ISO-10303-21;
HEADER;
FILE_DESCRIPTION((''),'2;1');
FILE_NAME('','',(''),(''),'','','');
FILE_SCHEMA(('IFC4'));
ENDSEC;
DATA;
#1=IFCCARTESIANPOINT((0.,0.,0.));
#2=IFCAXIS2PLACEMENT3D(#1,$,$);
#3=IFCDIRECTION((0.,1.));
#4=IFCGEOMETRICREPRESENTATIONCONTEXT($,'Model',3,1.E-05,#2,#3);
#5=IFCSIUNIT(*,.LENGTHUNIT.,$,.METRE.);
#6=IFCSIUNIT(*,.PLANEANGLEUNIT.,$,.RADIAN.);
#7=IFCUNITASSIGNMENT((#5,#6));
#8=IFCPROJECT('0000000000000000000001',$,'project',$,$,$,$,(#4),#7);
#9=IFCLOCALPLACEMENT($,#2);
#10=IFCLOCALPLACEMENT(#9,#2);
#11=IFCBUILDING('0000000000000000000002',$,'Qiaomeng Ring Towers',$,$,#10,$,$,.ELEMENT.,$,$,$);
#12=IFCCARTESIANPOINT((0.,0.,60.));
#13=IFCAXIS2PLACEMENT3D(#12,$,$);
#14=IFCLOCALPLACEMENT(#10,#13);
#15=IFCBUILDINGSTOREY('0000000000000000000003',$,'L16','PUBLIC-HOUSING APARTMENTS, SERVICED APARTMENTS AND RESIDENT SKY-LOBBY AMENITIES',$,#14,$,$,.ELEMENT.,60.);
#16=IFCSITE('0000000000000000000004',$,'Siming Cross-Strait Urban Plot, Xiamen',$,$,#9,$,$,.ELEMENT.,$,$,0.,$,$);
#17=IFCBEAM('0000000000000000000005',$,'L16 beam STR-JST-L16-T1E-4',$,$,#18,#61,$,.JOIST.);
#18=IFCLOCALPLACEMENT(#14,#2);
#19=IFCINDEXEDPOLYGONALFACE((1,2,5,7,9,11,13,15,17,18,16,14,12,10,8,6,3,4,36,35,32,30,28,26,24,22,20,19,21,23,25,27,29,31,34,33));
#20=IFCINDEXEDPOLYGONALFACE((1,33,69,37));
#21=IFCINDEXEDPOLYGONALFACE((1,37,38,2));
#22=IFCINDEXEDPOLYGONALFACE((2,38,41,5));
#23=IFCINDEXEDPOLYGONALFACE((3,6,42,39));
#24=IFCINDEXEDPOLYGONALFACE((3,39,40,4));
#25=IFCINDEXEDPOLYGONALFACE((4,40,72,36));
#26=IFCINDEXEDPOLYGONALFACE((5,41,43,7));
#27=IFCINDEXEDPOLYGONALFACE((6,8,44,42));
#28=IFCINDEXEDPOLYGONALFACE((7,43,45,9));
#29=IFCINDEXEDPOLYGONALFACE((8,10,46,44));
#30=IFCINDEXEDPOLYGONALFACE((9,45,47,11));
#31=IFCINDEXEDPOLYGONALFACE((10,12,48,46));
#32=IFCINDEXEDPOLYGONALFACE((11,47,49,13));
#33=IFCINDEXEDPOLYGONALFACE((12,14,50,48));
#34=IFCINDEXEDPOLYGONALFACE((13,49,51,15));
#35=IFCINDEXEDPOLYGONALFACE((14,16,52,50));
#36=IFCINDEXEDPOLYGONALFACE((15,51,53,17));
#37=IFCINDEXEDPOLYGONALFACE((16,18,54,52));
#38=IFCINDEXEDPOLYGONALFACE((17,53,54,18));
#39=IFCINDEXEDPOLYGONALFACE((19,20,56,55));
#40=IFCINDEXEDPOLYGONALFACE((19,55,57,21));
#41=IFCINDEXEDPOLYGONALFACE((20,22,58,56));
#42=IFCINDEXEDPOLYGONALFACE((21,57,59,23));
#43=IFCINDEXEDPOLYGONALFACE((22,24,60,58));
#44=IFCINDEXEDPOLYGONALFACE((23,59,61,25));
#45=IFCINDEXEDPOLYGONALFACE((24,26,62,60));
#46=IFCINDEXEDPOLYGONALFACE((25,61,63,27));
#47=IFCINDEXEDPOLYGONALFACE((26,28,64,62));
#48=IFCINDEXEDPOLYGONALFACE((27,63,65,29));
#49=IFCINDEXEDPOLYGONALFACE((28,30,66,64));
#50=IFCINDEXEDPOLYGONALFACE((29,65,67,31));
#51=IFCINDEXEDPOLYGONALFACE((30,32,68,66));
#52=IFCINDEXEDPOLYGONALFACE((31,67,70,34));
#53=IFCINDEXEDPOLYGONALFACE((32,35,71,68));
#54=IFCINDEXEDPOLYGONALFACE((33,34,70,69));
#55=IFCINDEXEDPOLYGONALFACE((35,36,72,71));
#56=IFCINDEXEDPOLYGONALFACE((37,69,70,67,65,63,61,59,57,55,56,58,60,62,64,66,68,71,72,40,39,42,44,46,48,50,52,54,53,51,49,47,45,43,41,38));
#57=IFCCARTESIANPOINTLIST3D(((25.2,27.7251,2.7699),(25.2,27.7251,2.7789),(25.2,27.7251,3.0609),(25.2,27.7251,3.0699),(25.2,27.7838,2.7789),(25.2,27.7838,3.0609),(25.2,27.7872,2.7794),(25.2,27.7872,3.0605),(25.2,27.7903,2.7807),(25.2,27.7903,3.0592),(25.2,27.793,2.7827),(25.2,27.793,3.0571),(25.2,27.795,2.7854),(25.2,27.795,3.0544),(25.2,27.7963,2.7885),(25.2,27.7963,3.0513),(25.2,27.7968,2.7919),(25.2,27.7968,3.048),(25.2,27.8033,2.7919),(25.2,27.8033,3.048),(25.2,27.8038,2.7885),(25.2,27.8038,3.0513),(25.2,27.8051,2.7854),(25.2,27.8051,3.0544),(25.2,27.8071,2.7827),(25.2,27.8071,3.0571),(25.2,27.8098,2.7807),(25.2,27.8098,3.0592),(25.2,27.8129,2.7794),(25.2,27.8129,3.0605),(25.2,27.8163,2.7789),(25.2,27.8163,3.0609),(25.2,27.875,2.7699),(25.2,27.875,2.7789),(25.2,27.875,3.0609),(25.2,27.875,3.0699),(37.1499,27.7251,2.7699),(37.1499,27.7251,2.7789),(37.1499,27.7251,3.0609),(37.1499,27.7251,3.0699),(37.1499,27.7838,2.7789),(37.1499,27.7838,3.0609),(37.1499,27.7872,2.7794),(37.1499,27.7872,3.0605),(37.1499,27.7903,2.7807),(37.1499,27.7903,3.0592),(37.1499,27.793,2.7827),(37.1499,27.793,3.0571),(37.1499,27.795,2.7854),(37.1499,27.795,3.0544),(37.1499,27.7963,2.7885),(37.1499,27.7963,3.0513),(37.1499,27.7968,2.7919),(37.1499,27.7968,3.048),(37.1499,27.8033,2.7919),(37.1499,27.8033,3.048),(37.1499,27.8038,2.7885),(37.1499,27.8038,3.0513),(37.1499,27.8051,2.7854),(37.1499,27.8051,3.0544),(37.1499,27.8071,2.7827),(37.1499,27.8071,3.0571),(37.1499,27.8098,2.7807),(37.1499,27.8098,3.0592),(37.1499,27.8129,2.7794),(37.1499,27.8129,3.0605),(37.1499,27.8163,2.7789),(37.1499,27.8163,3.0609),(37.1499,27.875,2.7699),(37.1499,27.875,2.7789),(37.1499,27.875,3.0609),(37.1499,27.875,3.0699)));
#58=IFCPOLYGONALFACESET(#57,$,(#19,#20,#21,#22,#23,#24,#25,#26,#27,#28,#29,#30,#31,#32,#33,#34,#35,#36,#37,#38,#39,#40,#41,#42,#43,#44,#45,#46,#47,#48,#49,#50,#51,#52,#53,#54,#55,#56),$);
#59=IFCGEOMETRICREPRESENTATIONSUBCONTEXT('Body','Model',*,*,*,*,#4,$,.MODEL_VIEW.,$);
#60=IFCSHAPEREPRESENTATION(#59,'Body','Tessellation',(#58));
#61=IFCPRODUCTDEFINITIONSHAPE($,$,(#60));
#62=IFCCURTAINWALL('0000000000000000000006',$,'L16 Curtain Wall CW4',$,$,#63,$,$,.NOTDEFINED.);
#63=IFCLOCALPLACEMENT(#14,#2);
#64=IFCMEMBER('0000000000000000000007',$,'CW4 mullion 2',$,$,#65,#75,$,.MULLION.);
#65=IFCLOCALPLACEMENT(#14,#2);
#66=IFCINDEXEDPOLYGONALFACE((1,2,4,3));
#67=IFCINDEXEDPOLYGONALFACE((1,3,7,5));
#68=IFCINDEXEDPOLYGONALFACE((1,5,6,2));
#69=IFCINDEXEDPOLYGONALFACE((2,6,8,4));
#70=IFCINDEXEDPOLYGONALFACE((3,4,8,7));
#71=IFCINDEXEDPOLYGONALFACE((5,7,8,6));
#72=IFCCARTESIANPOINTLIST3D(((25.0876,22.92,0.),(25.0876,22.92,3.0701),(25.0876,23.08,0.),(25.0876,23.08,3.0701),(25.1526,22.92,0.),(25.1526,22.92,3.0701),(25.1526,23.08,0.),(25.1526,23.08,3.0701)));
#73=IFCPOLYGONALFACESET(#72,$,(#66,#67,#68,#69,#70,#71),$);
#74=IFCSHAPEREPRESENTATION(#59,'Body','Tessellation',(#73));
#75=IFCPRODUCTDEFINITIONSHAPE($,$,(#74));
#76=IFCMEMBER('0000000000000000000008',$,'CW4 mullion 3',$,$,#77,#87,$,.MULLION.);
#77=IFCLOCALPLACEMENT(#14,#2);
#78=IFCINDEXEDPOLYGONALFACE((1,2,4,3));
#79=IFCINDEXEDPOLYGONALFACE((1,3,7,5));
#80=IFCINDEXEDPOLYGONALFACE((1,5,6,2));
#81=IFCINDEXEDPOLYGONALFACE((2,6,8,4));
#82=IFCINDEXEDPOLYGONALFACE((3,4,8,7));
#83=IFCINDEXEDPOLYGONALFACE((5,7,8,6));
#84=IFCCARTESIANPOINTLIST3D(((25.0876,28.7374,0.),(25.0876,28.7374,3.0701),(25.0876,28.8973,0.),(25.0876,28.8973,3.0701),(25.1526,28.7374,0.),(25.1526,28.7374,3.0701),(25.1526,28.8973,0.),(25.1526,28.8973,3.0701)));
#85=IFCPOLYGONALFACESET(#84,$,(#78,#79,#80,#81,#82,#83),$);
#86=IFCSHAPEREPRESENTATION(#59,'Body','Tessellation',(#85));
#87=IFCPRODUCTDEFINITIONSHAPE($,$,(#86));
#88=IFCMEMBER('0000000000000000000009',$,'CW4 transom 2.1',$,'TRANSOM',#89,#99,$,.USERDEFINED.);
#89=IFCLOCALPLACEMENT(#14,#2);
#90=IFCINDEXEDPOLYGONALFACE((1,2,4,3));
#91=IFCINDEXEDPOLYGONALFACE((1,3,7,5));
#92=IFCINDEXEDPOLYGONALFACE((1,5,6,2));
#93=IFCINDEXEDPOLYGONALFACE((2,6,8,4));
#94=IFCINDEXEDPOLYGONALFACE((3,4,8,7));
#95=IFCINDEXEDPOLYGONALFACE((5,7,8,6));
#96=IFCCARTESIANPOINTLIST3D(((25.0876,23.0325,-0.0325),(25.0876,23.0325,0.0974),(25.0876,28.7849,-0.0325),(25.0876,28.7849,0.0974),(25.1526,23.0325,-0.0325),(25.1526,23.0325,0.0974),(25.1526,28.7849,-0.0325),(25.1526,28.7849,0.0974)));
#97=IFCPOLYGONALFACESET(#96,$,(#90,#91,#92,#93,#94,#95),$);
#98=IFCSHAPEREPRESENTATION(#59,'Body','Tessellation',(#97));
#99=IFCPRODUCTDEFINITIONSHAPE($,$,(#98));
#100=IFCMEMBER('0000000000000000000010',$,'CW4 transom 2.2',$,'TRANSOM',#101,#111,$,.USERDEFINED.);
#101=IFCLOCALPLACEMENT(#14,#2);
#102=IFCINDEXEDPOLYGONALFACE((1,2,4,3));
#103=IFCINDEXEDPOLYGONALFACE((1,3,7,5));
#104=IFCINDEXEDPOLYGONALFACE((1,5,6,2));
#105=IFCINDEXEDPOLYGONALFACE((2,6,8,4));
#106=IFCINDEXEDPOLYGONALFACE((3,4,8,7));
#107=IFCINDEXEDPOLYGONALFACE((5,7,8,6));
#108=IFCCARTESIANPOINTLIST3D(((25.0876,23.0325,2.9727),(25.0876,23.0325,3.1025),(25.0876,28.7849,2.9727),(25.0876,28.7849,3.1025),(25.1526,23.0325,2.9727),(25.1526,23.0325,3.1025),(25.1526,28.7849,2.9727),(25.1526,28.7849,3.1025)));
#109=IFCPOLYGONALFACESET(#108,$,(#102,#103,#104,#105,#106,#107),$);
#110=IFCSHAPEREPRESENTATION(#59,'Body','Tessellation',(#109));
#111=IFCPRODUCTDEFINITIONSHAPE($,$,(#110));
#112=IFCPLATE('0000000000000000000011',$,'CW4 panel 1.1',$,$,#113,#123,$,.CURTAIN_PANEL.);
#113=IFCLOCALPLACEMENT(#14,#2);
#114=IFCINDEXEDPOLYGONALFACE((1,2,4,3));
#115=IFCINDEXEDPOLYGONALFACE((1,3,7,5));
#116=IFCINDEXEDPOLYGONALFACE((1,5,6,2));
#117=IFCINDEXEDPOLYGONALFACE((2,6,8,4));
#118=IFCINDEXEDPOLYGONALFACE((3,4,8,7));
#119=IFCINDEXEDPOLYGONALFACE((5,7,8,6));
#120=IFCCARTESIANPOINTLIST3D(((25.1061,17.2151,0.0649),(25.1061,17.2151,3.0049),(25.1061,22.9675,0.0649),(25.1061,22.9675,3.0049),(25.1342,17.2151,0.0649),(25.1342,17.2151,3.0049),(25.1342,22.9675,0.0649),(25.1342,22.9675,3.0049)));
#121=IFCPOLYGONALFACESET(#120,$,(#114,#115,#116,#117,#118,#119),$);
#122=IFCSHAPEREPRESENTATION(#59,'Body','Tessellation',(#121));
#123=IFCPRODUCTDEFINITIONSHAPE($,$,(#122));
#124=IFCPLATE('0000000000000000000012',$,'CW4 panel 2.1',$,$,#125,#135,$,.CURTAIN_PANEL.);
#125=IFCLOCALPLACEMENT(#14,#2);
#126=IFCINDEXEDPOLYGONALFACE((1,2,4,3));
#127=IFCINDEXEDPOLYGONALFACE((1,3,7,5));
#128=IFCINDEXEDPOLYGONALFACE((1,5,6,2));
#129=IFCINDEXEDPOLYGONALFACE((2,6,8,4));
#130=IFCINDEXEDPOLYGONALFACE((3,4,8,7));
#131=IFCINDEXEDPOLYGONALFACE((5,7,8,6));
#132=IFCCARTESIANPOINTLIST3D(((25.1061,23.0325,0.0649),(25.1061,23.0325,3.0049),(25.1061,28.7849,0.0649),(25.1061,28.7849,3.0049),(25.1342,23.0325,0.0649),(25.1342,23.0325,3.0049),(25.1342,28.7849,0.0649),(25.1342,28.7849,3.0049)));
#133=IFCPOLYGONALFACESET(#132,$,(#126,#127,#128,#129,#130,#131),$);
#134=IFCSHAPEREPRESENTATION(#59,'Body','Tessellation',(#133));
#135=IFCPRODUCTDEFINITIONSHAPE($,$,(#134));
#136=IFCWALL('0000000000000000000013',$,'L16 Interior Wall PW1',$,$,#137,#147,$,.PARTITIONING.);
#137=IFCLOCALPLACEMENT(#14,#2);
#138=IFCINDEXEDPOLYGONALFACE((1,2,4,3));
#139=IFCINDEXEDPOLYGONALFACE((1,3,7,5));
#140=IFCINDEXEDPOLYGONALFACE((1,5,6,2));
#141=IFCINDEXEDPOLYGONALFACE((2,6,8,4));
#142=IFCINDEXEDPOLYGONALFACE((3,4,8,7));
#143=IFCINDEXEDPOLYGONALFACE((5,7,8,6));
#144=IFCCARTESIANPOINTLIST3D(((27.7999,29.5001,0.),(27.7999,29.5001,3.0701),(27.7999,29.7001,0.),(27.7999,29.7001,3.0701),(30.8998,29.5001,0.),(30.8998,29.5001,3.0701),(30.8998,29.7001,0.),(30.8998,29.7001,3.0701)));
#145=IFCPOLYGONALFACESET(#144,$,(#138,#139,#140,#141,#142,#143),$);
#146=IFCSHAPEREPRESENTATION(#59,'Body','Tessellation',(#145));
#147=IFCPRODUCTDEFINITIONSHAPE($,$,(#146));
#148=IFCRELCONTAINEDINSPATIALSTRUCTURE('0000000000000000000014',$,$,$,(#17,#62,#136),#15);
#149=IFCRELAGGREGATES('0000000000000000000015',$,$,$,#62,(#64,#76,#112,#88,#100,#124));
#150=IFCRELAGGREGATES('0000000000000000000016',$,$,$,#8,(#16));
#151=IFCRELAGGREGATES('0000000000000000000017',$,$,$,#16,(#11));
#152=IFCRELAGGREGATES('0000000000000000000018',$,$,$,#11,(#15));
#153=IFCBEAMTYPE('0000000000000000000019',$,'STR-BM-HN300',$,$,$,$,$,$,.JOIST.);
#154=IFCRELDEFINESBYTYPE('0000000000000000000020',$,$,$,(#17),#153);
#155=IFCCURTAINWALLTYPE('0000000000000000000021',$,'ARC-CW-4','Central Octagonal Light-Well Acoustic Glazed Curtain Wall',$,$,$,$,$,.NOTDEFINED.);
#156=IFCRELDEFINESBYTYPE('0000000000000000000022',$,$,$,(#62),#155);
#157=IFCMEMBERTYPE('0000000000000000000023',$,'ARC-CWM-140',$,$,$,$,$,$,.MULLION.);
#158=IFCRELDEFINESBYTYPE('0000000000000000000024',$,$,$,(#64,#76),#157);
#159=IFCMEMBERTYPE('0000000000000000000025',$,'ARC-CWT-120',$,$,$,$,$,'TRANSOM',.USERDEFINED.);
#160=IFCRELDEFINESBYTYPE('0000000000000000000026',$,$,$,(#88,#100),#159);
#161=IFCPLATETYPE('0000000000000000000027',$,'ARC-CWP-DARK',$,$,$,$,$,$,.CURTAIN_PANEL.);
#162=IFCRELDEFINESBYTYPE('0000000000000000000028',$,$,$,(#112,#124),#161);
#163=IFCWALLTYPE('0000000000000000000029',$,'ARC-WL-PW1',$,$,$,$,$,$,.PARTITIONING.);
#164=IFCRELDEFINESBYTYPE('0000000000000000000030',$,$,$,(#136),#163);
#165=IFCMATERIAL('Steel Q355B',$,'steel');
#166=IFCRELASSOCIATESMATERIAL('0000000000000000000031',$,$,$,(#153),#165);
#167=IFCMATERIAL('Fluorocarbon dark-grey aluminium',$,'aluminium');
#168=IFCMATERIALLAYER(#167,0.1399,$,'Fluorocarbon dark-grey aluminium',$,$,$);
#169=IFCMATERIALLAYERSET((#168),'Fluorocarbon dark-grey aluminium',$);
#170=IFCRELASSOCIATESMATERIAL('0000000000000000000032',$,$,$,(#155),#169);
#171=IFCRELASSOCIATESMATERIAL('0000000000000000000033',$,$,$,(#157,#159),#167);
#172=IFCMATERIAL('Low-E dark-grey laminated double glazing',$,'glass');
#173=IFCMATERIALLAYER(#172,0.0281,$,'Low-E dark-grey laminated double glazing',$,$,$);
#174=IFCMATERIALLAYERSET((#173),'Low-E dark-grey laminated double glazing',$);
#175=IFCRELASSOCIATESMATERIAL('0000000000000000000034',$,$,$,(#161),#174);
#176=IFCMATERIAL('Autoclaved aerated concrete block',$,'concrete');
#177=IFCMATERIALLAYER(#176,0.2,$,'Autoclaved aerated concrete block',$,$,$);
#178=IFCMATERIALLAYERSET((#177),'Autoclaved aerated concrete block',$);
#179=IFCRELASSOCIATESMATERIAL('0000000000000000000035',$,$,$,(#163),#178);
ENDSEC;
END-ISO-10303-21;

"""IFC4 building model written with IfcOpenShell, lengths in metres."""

from ifc_helpers import new_model, si_unit, direction, frame, frame_2d, origin, origin_2d, place, context, subcontext, project, spatial, rectangle, i_section, extrude, source, transform, mapped, material, layer, layer_set, material_profile, profile_set, type_object, element, aggregate, save


model = new_model("IFC4")

# Units and contexts
model_context = context("Model", 3, precision=1e-05, world=origin(), true_north=direction((0.0, 1.0)))
body_context = subcontext(model_context, "Body", "Model", "MODEL_VIEW")
ifc_project = project(units=[si_unit("LENGTHUNIT", "METRE"), si_unit("PLANEANGLEUNIT", "RADIAN")], contexts=[model_context])

# Site, building, storey
site_placement = place(None, origin())
site = spatial("IfcSite", under=ifc_project, at=site_placement, Name="Siming Cross-Strait Urban Plot, Xiamen", CompositionType="ELEMENT", RefElevation=0.0)
building_placement = place(site_placement, origin())
building = spatial("IfcBuilding", under=site, at=building_placement, Name="Qiaomeng Ring Towers", CompositionType="ELEMENT")
storey_placement = place(building_placement, frame((0.0, 0.0, 60.0)))
storey = spatial("IfcBuildingStorey", under=building, at=storey_placement, Name="L16", Description="PUBLIC-HOUSING APARTMENTS, SERVICED APARTMENTS AND RESIDENT SKY-LOBBY AMENITIES", CompositionType="ELEMENT", Elevation=60.0)

# Beam
ifc_material_1 = material(Name="Steel Q355B", Category="steel")
ifc_material_profile_1 = material_profile(ifc_material_1, i_section(OverallWidth=0.1499, OverallDepth=0.3, WebThickness=0.0066, FlangeThickness=0.009, FilletRadius=0.0129, at=origin_2d()), Name="HN 300x150x6.5x9")
ifc_profile_set_1 = profile_set([ifc_material_profile_1], Name="Steel Q355B")
beam_type_1 = type_object("IfcBeamType", Name="STR-BM-HN300", PredefinedType="JOIST", material=ifc_profile_set_1)
shared_shape_1 = source(origin(), body_context, "Body", "SweptSolid", [
    extrude(i_section(OverallWidth=0.1499, OverallDepth=0.3, WebThickness=0.0066, FlangeThickness=0.009, FilletRadius=0.0129, at=origin_2d()), origin(), (0.0, 0.0, 1.0), 11.95),
])
for number, where, z_axis, x_axis, name in (
    (1, (25.2, 27.8, 2.9199), (1.0, 0.0, 0.0), (0.0, 1.0, 0.0), "L16 beam STR-JST-L16-T1E-4"),
):
    element("IfcBeam", number, at=place(storey_placement, frame(where, z_axis=z_axis, x_axis=x_axis)), inside=storey, type_object=beam_type_1, Name=name, PredefinedType="JOIST", context=body_context, shape_type="MappedRepresentation", body=[
        mapped(shared_shape_1, transform((0.0, 0.0, 0.0), x_axis=(1.0, 0.0, 0.0), y_axis=(0.0, 1.0, 0.0), z_axis=(0.0, 0.0, 1.0), scale=1.0)),
    ])

# Curtain wall, members, plates
ifc_material_2 = material(Name="Fluorocarbon dark-grey aluminium", Category="aluminium")
ifc_layer_1 = layer(ifc_material_2, 0.1399, Name="Fluorocarbon dark-grey aluminium")
ifc_layer_set_1 = layer_set([ifc_layer_1], Name="Fluorocarbon dark-grey aluminium")
curtain_wall_type = type_object("IfcCurtainWallType", Name="ARC-CW-4", Description="Central Octagonal Light-Well Acoustic Glazed Curtain Wall", PredefinedType="NOTDEFINED", material=ifc_layer_set_1)
curtain_wall_placement = place(storey_placement, origin())
curtain_wall = element("IfcCurtainWall", 2, at=curtain_wall_placement, inside=storey, type_object=curtain_wall_type, Name="L16 Curtain Wall CW4", PredefinedType="NOTDEFINED")
ifc_material_profile_2 = material_profile(ifc_material_2, rectangle(XDim=0.0649, YDim=0.1599, at=origin_2d()), Name="ALU MULL 65x160")
ifc_profile_set_2 = profile_set([ifc_material_profile_2], Name="Fluorocarbon dark-grey aluminium")
member_type_1 = type_object("IfcMemberType", Name="ARC-CWM-140", PredefinedType="MULLION", material=ifc_profile_set_2)
shared_shape_2 = source(origin(), body_context, "Body", "SweptSolid", [
    extrude(rectangle(XDim=0.0649, YDim=0.1599, at=origin_2d()), origin(), (0.0, 0.0, 1.0), 3.0701),
])
member_1_placement = place(storey_placement, frame((25.1201, 23.0, 0.0), z_axis=(0.0, 0.0, 1.0), x_axis=(-1.0, 0.0, 0.0)))
member_1 = element("IfcMember", 3, at=member_1_placement, type_object=member_type_1, Name="CW4 mullion 2", PredefinedType="MULLION", context=body_context, shape_type="MappedRepresentation", body=[
    mapped(shared_shape_2, transform((0.0, 0.0, 0.0), x_axis=(1.0, 0.0, 0.0), y_axis=(0.0, 1.0, 0.0), z_axis=(0.0, 0.0, 1.0), scale=1.0)),
])
member_2_placement = place(storey_placement, frame((25.1201, 28.8174, 0.0), z_axis=(0.0, 0.0, 1.0), x_axis=(-1.0, 0.0, 0.0)))
member_2 = element("IfcMember", 4, at=member_2_placement, type_object=member_type_1, Name="CW4 mullion 3", PredefinedType="MULLION", context=body_context, shape_type="MappedRepresentation", body=[
    mapped(shared_shape_2, transform((0.0, 0.0, 0.0), x_axis=(1.0, 0.0, 0.0), y_axis=(0.0, 1.0, 0.0), z_axis=(0.0, 0.0, 1.0), scale=1.0)),
])
ifc_material_profile_3 = material_profile(ifc_material_2, rectangle(XDim=0.0649, YDim=0.1299, at=origin_2d()), Name="ALU TRAN 65x130")
ifc_profile_set_3 = profile_set([ifc_material_profile_3], Name="Fluorocarbon dark-grey aluminium")
member_type_2 = type_object("IfcMemberType", Name="ARC-CWT-120", ElementType="TRANSOM", PredefinedType="USERDEFINED", material=ifc_profile_set_3)
shared_shape_3 = source(origin(), body_context, "Body", "SweptSolid", [
    extrude(rectangle(XDim=0.0649, YDim=0.1299, at=origin_2d()), origin(), (0.0, 0.0, 1.0), 5.7524),
])
member_3_placement = place(storey_placement, frame((25.1201, 23.0325, 0.0325), z_axis=(0.0, 1.0, 0.0), x_axis=(-1.0, 0.0, 0.0)))
member_3 = element("IfcMember", 5, at=member_3_placement, type_object=member_type_2, Name="CW4 transom 2.1", ObjectType="TRANSOM", PredefinedType="USERDEFINED", context=body_context, shape_type="MappedRepresentation", body=[
    mapped(shared_shape_3, transform((0.0, 0.0, 0.0), x_axis=(1.0, 0.0, 0.0), y_axis=(0.0, 1.0, 0.0), z_axis=(0.0, 0.0, 1.0), scale=1.0)),
])
member_4_placement = place(storey_placement, frame((25.1201, 23.0325, 3.0376), z_axis=(0.0, 1.0, 0.0), x_axis=(-1.0, 0.0, 0.0)))
member_4 = element("IfcMember", 6, at=member_4_placement, type_object=member_type_2, Name="CW4 transom 2.2", ObjectType="TRANSOM", PredefinedType="USERDEFINED", context=body_context, shape_type="MappedRepresentation", body=[
    mapped(shared_shape_3, transform((0.0, 0.0, 0.0), x_axis=(1.0, 0.0, 0.0), y_axis=(0.0, 1.0, 0.0), z_axis=(0.0, 0.0, 1.0), scale=1.0)),
])
ifc_material_3 = material(Name="Low-E dark-grey laminated double glazing", Category="glass")
ifc_layer_2 = layer(ifc_material_3, 0.0281, Name="Low-E dark-grey laminated double glazing")
ifc_layer_set_2 = layer_set([ifc_layer_2], Name="Low-E dark-grey laminated double glazing")
plate_type = type_object("IfcPlateType", Name="ARC-CWP-DARK", PredefinedType="CURTAIN_PANEL", material=ifc_layer_set_2)
shared_shape_4 = source(origin(), body_context, "Body", "SweptSolid", [
    extrude(rectangle(XDim=5.7524, YDim=0.0281, at=origin_2d()), origin(), (0.0, 0.0, 1.0), 2.9399),
])
plate_1_placement = place(storey_placement, frame((25.1201, 20.0913, 0.0649), z_axis=(0.0, 0.0, 1.0), x_axis=(0.0, 1.0, 0.0)))
plate_1 = element("IfcPlate", 7, at=plate_1_placement, type_object=plate_type, Name="CW4 panel 1.1", PredefinedType="CURTAIN_PANEL", context=body_context, shape_type="MappedRepresentation", body=[
    mapped(shared_shape_4, transform((0.0, 0.0, 0.0), x_axis=(1.0, 0.0, 0.0), y_axis=(0.0, 1.0, 0.0), z_axis=(0.0, 0.0, 1.0), scale=1.0)),
])
plate_2_placement = place(storey_placement, frame((25.1201, 25.9087, 0.0649), z_axis=(0.0, 0.0, 1.0), x_axis=(0.0, 1.0, 0.0)))
plate_2 = element("IfcPlate", 8, at=plate_2_placement, type_object=plate_type, Name="CW4 panel 2.1", PredefinedType="CURTAIN_PANEL", context=body_context, shape_type="MappedRepresentation", body=[
    mapped(shared_shape_4, transform((0.0, 0.0, 0.0), x_axis=(1.0, 0.0, 0.0), y_axis=(0.0, 1.0, 0.0), z_axis=(0.0, 0.0, 1.0), scale=1.0)),
])
aggregate(curtain_wall, [member_1, member_2, plate_1, member_3, member_4, plate_2])

# Wall
ifc_material_4 = material(Name="Autoclaved aerated concrete block", Category="concrete")
ifc_layer_3 = layer(ifc_material_4, 0.2, Name="Autoclaved aerated concrete block")
ifc_layer_set_3 = layer_set([ifc_layer_3], Name="Autoclaved aerated concrete block")
wall_type_1 = type_object("IfcWallType", Name="ARC-WL-PW1", PredefinedType="PARTITIONING", material=ifc_layer_set_3)
wall_1_placement = place(storey_placement, frame((27.8, 29.6001, 0.0), z_axis=(0.0, 0.0, 1.0), x_axis=(1.0, 0.0, 0.0)))
element("IfcWall", 9, at=wall_1_placement, inside=storey, type_object=wall_type_1, Name="L16 Interior Wall PW1", PredefinedType="PARTITIONING", context=body_context, shape_type="SweptSolid", body=[
    extrude(rectangle(XDim=3.0999, YDim=0.2, at=frame_2d((1.5498, 0.0))), origin(), (0.0, 0.0, 1.0), 3.0701),
])

save(model, "model.ifc")
